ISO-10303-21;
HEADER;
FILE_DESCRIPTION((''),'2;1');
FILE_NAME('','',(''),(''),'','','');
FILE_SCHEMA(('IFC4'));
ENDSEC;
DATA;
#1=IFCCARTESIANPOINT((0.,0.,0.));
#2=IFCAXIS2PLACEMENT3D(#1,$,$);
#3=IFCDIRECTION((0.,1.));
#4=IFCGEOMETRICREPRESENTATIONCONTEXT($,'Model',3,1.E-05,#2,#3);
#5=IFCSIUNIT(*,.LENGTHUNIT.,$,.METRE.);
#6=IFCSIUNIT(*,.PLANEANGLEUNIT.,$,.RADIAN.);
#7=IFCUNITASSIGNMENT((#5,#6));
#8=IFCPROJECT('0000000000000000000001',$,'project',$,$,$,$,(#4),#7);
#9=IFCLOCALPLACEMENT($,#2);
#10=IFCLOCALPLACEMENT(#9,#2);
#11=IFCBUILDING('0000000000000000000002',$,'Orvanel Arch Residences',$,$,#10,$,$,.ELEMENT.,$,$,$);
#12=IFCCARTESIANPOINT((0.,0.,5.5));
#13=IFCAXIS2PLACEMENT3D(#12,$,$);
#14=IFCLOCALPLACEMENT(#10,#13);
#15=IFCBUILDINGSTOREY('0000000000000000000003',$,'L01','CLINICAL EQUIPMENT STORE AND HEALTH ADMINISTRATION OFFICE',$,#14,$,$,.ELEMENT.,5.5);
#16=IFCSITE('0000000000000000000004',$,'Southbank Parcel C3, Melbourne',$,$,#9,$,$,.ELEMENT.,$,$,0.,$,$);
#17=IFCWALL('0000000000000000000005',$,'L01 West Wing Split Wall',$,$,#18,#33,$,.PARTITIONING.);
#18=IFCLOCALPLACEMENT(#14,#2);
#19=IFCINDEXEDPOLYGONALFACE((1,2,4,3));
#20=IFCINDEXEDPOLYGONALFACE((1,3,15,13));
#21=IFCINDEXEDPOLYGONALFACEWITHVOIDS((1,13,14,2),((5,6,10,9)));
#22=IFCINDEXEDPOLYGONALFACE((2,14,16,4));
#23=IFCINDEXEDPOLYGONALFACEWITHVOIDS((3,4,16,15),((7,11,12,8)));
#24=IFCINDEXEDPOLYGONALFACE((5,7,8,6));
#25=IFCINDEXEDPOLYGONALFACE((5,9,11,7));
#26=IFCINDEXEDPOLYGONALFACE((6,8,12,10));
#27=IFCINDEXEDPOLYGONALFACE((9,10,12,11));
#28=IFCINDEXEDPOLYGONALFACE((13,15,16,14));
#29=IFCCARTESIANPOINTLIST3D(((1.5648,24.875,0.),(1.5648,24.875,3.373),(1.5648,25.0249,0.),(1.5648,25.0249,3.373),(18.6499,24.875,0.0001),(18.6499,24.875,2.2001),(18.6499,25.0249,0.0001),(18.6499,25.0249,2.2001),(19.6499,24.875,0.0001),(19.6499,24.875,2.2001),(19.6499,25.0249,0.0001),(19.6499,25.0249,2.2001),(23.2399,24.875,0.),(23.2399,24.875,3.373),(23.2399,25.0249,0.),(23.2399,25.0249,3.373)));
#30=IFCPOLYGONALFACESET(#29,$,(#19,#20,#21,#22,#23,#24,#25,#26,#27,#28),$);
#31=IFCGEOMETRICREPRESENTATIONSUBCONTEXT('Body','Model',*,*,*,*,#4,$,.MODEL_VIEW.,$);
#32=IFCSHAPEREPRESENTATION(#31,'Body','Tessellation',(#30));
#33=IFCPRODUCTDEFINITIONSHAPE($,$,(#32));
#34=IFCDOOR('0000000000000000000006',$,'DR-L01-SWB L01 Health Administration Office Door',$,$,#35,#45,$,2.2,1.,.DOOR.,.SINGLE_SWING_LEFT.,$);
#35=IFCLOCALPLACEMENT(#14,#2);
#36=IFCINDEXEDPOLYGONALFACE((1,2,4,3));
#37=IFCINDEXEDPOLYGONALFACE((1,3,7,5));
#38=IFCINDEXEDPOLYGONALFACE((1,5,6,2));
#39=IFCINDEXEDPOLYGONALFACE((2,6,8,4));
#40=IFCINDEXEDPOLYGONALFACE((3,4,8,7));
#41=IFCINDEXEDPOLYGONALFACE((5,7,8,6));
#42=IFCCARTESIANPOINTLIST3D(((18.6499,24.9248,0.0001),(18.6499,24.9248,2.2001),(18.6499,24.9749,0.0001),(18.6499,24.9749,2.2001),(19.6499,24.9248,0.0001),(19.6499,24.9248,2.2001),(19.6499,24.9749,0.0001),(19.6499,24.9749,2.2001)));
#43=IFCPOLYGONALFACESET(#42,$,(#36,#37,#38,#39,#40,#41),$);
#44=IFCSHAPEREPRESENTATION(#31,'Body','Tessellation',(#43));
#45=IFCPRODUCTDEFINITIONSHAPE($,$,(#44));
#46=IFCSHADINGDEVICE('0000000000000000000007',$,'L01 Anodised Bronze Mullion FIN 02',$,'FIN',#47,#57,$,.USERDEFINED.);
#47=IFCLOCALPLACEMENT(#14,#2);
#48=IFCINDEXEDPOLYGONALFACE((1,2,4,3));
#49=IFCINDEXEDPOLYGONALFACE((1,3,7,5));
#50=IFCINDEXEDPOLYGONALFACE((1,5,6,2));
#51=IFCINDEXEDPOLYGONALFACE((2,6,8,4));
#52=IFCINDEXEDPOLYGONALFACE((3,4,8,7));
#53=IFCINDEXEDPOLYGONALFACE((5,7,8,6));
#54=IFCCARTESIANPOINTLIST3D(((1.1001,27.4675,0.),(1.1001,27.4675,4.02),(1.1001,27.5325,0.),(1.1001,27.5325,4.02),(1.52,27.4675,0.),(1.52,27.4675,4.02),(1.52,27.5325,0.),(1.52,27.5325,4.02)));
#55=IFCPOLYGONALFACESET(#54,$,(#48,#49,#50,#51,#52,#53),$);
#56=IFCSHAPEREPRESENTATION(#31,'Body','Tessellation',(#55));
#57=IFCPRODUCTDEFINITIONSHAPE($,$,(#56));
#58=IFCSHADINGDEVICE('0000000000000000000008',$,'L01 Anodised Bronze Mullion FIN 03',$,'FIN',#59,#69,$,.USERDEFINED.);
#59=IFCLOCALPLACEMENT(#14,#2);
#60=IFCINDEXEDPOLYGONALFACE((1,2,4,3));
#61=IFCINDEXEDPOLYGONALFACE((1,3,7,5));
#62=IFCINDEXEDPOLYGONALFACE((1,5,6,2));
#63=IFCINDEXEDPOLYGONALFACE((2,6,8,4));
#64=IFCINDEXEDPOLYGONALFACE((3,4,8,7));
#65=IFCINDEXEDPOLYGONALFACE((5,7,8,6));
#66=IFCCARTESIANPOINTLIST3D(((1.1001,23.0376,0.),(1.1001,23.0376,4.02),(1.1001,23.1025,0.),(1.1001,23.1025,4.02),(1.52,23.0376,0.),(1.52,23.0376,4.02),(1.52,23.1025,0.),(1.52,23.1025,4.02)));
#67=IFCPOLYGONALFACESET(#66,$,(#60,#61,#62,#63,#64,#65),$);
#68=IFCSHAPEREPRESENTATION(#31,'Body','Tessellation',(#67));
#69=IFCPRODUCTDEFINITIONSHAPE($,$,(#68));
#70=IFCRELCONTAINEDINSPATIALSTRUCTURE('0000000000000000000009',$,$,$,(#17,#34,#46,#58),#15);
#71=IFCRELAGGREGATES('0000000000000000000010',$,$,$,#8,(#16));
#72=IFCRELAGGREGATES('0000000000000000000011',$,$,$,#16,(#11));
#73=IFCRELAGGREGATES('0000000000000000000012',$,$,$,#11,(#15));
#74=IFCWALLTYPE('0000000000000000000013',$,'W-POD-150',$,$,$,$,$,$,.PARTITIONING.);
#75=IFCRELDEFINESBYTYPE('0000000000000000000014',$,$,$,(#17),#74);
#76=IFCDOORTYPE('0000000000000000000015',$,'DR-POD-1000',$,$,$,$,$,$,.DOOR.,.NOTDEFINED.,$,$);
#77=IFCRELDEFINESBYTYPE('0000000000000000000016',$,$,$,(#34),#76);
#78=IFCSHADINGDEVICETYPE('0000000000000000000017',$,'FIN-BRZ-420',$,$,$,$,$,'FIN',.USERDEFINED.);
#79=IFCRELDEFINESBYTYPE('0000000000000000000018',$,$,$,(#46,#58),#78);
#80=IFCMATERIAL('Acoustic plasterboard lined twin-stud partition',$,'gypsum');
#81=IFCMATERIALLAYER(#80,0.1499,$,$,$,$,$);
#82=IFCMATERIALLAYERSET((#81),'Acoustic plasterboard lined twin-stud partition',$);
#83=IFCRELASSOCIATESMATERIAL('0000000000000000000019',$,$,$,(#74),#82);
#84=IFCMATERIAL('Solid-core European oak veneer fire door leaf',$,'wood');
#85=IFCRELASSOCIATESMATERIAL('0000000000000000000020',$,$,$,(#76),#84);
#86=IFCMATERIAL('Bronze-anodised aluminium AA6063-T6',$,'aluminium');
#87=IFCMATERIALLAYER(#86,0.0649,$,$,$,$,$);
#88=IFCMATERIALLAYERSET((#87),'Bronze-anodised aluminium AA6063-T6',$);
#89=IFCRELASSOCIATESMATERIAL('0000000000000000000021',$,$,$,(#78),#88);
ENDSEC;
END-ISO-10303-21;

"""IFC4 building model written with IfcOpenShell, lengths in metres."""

from ifc_helpers import new_model, si_unit, direction, frame, frame_2d, origin, origin_2d, place, context, subcontext, project, spatial, rectangle, extrude, material, layer, layer_set, type_object, element, fill, save


model = new_model("IFC4")

# Units and contexts
model_context = context("Model", 3, precision=1e-05, world=origin(), true_north=direction((0.0, 1.0)))
body_context = subcontext(model_context, "Body", "Model", "MODEL_VIEW")
ifc_project = project(units=[si_unit("LENGTHUNIT", "METRE"), si_unit("PLANEANGLEUNIT", "RADIAN")], contexts=[model_context])

# Site, building, storey
site_placement = place(None, origin())
site = spatial("IfcSite", under=ifc_project, at=site_placement, Name="Southbank Parcel C3, Melbourne", CompositionType="ELEMENT", RefElevation=0.0)
building_placement = place(site_placement, origin())
building = spatial("IfcBuilding", under=site, at=building_placement, Name="Orvanel Arch Residences", CompositionType="ELEMENT")
storey_placement = place(building_placement, frame((0.0, 0.0, 5.5)))
storey = spatial("IfcBuildingStorey", under=building, at=storey_placement, Name="L01", Description="CLINICAL EQUIPMENT STORE AND HEALTH ADMINISTRATION OFFICE", CompositionType="ELEMENT", Elevation=5.5)

# Shared definitions
ifc_material_1 = material(Name="Bronze-anodised aluminium AA6063-T6", Category="aluminium")

# Wall, opening, door
ifc_material_2 = material(Name="Acoustic plasterboard lined twin-stud partition", Category="gypsum")
ifc_layer_1 = layer(ifc_material_2, 0.1499)
ifc_layer_set_1 = layer_set([ifc_layer_1], Name="Acoustic plasterboard lined twin-stud partition")
wall_type_1 = type_object("IfcWallType", Name="W-POD-150", PredefinedType="PARTITIONING", material=ifc_layer_set_1)
wall_1_placement = place(storey_placement, frame((1.5649, 24.95, 0.0), z_axis=(0.0, 0.0, 1.0), x_axis=(1.0, 0.0, 0.0)))
wall_1 = element("IfcWall", 1, at=wall_1_placement, inside=storey, type_object=wall_type_1, Name="L01 West Wing Split Wall", PredefinedType="PARTITIONING", context=body_context, shape_type="SweptSolid", body=[
    extrude(rectangle(XDim=21.675, YDim=0.1499, at=frame_2d((10.8374, 0.0))), origin(), (0.0, 0.0, 1.0), 3.373),
])
opening_placement = place(wall_1_placement, frame((17.085, 0.0, 0.0)))
opening = element("IfcOpeningElement", 2, at=opening_placement, cuts=wall_1, PredefinedType="OPENING", context=body_context, shape_type="SweptSolid", body=[
    extrude(rectangle(XDim=1.0, YDim=2.2, at=frame_2d((0.5, 1.1001))), frame((0.0, 0.085, 0.0), z_axis=(0.0, -1.0, 0.0), x_axis=(1.0, 0.0, 0.0)), (0.0, 0.0, 1.0), 0.1699),
])
ifc_material_3 = material(Name="Solid-core European oak veneer fire door leaf", Category="wood")
door_type = type_object("IfcDoorType", Name="DR-POD-1000", OperationType="NOTDEFINED", PredefinedType="DOOR", material=ifc_material_3)
door_placement = place(opening_placement, origin())
door = element("IfcDoor", 3, at=door_placement, inside=storey, type_object=door_type, Name="DR-L01-SWB L01 Health Administration Office Door", OperationType="SINGLE_SWING_LEFT", OverallHeight=2.2, OverallWidth=1.0, PredefinedType="DOOR", context=body_context, shape_type="SweptSolid", body=[
    extrude(rectangle(XDim=1.0, YDim=2.2, at=frame_2d((0.5, 1.1001))), frame((0.0, 0.0249, 0.0), z_axis=(0.0, -1.0, 0.0), x_axis=(1.0, 0.0, 0.0)), (0.0, 0.0, 1.0), 0.05),
])
fill(opening, door)

# Shading devices
ifc_layer_2 = layer(ifc_material_1, 0.0649)
ifc_layer_set_2 = layer_set([ifc_layer_2], Name="Bronze-anodised aluminium AA6063-T6")
shading_device_type = type_object("IfcShadingDeviceType", Name="FIN-BRZ-420", ElementType="FIN", PredefinedType="USERDEFINED", material=ifc_layer_set_2)
for number, where, z_axis, x_axis, name in (
    (4, (1.3101, 27.5, 0.0), (0.0, 0.0, 1.0), (-1.0, 0.0, 0.0), "L01 Anodised Bronze Mullion FIN 02"),
    (5, (1.3101, 23.0701, 0.0), (0.0, 0.0, 1.0), (-1.0, 0.0, 0.0), "L01 Anodised Bronze Mullion FIN 03"),
):
    element("IfcShadingDevice", number, at=place(storey_placement, frame(where, z_axis=z_axis, x_axis=x_axis)), inside=storey, type_object=shading_device_type, Name=name, ObjectType="FIN", PredefinedType="USERDEFINED", context=body_context, shape_type="SweptSolid", body=[
        extrude(rectangle(XDim=0.4199, YDim=0.0649, at=origin_2d()), origin(), (0.0, 0.0, 1.0), 4.02),
    ])

save(model, "model.ifc")
